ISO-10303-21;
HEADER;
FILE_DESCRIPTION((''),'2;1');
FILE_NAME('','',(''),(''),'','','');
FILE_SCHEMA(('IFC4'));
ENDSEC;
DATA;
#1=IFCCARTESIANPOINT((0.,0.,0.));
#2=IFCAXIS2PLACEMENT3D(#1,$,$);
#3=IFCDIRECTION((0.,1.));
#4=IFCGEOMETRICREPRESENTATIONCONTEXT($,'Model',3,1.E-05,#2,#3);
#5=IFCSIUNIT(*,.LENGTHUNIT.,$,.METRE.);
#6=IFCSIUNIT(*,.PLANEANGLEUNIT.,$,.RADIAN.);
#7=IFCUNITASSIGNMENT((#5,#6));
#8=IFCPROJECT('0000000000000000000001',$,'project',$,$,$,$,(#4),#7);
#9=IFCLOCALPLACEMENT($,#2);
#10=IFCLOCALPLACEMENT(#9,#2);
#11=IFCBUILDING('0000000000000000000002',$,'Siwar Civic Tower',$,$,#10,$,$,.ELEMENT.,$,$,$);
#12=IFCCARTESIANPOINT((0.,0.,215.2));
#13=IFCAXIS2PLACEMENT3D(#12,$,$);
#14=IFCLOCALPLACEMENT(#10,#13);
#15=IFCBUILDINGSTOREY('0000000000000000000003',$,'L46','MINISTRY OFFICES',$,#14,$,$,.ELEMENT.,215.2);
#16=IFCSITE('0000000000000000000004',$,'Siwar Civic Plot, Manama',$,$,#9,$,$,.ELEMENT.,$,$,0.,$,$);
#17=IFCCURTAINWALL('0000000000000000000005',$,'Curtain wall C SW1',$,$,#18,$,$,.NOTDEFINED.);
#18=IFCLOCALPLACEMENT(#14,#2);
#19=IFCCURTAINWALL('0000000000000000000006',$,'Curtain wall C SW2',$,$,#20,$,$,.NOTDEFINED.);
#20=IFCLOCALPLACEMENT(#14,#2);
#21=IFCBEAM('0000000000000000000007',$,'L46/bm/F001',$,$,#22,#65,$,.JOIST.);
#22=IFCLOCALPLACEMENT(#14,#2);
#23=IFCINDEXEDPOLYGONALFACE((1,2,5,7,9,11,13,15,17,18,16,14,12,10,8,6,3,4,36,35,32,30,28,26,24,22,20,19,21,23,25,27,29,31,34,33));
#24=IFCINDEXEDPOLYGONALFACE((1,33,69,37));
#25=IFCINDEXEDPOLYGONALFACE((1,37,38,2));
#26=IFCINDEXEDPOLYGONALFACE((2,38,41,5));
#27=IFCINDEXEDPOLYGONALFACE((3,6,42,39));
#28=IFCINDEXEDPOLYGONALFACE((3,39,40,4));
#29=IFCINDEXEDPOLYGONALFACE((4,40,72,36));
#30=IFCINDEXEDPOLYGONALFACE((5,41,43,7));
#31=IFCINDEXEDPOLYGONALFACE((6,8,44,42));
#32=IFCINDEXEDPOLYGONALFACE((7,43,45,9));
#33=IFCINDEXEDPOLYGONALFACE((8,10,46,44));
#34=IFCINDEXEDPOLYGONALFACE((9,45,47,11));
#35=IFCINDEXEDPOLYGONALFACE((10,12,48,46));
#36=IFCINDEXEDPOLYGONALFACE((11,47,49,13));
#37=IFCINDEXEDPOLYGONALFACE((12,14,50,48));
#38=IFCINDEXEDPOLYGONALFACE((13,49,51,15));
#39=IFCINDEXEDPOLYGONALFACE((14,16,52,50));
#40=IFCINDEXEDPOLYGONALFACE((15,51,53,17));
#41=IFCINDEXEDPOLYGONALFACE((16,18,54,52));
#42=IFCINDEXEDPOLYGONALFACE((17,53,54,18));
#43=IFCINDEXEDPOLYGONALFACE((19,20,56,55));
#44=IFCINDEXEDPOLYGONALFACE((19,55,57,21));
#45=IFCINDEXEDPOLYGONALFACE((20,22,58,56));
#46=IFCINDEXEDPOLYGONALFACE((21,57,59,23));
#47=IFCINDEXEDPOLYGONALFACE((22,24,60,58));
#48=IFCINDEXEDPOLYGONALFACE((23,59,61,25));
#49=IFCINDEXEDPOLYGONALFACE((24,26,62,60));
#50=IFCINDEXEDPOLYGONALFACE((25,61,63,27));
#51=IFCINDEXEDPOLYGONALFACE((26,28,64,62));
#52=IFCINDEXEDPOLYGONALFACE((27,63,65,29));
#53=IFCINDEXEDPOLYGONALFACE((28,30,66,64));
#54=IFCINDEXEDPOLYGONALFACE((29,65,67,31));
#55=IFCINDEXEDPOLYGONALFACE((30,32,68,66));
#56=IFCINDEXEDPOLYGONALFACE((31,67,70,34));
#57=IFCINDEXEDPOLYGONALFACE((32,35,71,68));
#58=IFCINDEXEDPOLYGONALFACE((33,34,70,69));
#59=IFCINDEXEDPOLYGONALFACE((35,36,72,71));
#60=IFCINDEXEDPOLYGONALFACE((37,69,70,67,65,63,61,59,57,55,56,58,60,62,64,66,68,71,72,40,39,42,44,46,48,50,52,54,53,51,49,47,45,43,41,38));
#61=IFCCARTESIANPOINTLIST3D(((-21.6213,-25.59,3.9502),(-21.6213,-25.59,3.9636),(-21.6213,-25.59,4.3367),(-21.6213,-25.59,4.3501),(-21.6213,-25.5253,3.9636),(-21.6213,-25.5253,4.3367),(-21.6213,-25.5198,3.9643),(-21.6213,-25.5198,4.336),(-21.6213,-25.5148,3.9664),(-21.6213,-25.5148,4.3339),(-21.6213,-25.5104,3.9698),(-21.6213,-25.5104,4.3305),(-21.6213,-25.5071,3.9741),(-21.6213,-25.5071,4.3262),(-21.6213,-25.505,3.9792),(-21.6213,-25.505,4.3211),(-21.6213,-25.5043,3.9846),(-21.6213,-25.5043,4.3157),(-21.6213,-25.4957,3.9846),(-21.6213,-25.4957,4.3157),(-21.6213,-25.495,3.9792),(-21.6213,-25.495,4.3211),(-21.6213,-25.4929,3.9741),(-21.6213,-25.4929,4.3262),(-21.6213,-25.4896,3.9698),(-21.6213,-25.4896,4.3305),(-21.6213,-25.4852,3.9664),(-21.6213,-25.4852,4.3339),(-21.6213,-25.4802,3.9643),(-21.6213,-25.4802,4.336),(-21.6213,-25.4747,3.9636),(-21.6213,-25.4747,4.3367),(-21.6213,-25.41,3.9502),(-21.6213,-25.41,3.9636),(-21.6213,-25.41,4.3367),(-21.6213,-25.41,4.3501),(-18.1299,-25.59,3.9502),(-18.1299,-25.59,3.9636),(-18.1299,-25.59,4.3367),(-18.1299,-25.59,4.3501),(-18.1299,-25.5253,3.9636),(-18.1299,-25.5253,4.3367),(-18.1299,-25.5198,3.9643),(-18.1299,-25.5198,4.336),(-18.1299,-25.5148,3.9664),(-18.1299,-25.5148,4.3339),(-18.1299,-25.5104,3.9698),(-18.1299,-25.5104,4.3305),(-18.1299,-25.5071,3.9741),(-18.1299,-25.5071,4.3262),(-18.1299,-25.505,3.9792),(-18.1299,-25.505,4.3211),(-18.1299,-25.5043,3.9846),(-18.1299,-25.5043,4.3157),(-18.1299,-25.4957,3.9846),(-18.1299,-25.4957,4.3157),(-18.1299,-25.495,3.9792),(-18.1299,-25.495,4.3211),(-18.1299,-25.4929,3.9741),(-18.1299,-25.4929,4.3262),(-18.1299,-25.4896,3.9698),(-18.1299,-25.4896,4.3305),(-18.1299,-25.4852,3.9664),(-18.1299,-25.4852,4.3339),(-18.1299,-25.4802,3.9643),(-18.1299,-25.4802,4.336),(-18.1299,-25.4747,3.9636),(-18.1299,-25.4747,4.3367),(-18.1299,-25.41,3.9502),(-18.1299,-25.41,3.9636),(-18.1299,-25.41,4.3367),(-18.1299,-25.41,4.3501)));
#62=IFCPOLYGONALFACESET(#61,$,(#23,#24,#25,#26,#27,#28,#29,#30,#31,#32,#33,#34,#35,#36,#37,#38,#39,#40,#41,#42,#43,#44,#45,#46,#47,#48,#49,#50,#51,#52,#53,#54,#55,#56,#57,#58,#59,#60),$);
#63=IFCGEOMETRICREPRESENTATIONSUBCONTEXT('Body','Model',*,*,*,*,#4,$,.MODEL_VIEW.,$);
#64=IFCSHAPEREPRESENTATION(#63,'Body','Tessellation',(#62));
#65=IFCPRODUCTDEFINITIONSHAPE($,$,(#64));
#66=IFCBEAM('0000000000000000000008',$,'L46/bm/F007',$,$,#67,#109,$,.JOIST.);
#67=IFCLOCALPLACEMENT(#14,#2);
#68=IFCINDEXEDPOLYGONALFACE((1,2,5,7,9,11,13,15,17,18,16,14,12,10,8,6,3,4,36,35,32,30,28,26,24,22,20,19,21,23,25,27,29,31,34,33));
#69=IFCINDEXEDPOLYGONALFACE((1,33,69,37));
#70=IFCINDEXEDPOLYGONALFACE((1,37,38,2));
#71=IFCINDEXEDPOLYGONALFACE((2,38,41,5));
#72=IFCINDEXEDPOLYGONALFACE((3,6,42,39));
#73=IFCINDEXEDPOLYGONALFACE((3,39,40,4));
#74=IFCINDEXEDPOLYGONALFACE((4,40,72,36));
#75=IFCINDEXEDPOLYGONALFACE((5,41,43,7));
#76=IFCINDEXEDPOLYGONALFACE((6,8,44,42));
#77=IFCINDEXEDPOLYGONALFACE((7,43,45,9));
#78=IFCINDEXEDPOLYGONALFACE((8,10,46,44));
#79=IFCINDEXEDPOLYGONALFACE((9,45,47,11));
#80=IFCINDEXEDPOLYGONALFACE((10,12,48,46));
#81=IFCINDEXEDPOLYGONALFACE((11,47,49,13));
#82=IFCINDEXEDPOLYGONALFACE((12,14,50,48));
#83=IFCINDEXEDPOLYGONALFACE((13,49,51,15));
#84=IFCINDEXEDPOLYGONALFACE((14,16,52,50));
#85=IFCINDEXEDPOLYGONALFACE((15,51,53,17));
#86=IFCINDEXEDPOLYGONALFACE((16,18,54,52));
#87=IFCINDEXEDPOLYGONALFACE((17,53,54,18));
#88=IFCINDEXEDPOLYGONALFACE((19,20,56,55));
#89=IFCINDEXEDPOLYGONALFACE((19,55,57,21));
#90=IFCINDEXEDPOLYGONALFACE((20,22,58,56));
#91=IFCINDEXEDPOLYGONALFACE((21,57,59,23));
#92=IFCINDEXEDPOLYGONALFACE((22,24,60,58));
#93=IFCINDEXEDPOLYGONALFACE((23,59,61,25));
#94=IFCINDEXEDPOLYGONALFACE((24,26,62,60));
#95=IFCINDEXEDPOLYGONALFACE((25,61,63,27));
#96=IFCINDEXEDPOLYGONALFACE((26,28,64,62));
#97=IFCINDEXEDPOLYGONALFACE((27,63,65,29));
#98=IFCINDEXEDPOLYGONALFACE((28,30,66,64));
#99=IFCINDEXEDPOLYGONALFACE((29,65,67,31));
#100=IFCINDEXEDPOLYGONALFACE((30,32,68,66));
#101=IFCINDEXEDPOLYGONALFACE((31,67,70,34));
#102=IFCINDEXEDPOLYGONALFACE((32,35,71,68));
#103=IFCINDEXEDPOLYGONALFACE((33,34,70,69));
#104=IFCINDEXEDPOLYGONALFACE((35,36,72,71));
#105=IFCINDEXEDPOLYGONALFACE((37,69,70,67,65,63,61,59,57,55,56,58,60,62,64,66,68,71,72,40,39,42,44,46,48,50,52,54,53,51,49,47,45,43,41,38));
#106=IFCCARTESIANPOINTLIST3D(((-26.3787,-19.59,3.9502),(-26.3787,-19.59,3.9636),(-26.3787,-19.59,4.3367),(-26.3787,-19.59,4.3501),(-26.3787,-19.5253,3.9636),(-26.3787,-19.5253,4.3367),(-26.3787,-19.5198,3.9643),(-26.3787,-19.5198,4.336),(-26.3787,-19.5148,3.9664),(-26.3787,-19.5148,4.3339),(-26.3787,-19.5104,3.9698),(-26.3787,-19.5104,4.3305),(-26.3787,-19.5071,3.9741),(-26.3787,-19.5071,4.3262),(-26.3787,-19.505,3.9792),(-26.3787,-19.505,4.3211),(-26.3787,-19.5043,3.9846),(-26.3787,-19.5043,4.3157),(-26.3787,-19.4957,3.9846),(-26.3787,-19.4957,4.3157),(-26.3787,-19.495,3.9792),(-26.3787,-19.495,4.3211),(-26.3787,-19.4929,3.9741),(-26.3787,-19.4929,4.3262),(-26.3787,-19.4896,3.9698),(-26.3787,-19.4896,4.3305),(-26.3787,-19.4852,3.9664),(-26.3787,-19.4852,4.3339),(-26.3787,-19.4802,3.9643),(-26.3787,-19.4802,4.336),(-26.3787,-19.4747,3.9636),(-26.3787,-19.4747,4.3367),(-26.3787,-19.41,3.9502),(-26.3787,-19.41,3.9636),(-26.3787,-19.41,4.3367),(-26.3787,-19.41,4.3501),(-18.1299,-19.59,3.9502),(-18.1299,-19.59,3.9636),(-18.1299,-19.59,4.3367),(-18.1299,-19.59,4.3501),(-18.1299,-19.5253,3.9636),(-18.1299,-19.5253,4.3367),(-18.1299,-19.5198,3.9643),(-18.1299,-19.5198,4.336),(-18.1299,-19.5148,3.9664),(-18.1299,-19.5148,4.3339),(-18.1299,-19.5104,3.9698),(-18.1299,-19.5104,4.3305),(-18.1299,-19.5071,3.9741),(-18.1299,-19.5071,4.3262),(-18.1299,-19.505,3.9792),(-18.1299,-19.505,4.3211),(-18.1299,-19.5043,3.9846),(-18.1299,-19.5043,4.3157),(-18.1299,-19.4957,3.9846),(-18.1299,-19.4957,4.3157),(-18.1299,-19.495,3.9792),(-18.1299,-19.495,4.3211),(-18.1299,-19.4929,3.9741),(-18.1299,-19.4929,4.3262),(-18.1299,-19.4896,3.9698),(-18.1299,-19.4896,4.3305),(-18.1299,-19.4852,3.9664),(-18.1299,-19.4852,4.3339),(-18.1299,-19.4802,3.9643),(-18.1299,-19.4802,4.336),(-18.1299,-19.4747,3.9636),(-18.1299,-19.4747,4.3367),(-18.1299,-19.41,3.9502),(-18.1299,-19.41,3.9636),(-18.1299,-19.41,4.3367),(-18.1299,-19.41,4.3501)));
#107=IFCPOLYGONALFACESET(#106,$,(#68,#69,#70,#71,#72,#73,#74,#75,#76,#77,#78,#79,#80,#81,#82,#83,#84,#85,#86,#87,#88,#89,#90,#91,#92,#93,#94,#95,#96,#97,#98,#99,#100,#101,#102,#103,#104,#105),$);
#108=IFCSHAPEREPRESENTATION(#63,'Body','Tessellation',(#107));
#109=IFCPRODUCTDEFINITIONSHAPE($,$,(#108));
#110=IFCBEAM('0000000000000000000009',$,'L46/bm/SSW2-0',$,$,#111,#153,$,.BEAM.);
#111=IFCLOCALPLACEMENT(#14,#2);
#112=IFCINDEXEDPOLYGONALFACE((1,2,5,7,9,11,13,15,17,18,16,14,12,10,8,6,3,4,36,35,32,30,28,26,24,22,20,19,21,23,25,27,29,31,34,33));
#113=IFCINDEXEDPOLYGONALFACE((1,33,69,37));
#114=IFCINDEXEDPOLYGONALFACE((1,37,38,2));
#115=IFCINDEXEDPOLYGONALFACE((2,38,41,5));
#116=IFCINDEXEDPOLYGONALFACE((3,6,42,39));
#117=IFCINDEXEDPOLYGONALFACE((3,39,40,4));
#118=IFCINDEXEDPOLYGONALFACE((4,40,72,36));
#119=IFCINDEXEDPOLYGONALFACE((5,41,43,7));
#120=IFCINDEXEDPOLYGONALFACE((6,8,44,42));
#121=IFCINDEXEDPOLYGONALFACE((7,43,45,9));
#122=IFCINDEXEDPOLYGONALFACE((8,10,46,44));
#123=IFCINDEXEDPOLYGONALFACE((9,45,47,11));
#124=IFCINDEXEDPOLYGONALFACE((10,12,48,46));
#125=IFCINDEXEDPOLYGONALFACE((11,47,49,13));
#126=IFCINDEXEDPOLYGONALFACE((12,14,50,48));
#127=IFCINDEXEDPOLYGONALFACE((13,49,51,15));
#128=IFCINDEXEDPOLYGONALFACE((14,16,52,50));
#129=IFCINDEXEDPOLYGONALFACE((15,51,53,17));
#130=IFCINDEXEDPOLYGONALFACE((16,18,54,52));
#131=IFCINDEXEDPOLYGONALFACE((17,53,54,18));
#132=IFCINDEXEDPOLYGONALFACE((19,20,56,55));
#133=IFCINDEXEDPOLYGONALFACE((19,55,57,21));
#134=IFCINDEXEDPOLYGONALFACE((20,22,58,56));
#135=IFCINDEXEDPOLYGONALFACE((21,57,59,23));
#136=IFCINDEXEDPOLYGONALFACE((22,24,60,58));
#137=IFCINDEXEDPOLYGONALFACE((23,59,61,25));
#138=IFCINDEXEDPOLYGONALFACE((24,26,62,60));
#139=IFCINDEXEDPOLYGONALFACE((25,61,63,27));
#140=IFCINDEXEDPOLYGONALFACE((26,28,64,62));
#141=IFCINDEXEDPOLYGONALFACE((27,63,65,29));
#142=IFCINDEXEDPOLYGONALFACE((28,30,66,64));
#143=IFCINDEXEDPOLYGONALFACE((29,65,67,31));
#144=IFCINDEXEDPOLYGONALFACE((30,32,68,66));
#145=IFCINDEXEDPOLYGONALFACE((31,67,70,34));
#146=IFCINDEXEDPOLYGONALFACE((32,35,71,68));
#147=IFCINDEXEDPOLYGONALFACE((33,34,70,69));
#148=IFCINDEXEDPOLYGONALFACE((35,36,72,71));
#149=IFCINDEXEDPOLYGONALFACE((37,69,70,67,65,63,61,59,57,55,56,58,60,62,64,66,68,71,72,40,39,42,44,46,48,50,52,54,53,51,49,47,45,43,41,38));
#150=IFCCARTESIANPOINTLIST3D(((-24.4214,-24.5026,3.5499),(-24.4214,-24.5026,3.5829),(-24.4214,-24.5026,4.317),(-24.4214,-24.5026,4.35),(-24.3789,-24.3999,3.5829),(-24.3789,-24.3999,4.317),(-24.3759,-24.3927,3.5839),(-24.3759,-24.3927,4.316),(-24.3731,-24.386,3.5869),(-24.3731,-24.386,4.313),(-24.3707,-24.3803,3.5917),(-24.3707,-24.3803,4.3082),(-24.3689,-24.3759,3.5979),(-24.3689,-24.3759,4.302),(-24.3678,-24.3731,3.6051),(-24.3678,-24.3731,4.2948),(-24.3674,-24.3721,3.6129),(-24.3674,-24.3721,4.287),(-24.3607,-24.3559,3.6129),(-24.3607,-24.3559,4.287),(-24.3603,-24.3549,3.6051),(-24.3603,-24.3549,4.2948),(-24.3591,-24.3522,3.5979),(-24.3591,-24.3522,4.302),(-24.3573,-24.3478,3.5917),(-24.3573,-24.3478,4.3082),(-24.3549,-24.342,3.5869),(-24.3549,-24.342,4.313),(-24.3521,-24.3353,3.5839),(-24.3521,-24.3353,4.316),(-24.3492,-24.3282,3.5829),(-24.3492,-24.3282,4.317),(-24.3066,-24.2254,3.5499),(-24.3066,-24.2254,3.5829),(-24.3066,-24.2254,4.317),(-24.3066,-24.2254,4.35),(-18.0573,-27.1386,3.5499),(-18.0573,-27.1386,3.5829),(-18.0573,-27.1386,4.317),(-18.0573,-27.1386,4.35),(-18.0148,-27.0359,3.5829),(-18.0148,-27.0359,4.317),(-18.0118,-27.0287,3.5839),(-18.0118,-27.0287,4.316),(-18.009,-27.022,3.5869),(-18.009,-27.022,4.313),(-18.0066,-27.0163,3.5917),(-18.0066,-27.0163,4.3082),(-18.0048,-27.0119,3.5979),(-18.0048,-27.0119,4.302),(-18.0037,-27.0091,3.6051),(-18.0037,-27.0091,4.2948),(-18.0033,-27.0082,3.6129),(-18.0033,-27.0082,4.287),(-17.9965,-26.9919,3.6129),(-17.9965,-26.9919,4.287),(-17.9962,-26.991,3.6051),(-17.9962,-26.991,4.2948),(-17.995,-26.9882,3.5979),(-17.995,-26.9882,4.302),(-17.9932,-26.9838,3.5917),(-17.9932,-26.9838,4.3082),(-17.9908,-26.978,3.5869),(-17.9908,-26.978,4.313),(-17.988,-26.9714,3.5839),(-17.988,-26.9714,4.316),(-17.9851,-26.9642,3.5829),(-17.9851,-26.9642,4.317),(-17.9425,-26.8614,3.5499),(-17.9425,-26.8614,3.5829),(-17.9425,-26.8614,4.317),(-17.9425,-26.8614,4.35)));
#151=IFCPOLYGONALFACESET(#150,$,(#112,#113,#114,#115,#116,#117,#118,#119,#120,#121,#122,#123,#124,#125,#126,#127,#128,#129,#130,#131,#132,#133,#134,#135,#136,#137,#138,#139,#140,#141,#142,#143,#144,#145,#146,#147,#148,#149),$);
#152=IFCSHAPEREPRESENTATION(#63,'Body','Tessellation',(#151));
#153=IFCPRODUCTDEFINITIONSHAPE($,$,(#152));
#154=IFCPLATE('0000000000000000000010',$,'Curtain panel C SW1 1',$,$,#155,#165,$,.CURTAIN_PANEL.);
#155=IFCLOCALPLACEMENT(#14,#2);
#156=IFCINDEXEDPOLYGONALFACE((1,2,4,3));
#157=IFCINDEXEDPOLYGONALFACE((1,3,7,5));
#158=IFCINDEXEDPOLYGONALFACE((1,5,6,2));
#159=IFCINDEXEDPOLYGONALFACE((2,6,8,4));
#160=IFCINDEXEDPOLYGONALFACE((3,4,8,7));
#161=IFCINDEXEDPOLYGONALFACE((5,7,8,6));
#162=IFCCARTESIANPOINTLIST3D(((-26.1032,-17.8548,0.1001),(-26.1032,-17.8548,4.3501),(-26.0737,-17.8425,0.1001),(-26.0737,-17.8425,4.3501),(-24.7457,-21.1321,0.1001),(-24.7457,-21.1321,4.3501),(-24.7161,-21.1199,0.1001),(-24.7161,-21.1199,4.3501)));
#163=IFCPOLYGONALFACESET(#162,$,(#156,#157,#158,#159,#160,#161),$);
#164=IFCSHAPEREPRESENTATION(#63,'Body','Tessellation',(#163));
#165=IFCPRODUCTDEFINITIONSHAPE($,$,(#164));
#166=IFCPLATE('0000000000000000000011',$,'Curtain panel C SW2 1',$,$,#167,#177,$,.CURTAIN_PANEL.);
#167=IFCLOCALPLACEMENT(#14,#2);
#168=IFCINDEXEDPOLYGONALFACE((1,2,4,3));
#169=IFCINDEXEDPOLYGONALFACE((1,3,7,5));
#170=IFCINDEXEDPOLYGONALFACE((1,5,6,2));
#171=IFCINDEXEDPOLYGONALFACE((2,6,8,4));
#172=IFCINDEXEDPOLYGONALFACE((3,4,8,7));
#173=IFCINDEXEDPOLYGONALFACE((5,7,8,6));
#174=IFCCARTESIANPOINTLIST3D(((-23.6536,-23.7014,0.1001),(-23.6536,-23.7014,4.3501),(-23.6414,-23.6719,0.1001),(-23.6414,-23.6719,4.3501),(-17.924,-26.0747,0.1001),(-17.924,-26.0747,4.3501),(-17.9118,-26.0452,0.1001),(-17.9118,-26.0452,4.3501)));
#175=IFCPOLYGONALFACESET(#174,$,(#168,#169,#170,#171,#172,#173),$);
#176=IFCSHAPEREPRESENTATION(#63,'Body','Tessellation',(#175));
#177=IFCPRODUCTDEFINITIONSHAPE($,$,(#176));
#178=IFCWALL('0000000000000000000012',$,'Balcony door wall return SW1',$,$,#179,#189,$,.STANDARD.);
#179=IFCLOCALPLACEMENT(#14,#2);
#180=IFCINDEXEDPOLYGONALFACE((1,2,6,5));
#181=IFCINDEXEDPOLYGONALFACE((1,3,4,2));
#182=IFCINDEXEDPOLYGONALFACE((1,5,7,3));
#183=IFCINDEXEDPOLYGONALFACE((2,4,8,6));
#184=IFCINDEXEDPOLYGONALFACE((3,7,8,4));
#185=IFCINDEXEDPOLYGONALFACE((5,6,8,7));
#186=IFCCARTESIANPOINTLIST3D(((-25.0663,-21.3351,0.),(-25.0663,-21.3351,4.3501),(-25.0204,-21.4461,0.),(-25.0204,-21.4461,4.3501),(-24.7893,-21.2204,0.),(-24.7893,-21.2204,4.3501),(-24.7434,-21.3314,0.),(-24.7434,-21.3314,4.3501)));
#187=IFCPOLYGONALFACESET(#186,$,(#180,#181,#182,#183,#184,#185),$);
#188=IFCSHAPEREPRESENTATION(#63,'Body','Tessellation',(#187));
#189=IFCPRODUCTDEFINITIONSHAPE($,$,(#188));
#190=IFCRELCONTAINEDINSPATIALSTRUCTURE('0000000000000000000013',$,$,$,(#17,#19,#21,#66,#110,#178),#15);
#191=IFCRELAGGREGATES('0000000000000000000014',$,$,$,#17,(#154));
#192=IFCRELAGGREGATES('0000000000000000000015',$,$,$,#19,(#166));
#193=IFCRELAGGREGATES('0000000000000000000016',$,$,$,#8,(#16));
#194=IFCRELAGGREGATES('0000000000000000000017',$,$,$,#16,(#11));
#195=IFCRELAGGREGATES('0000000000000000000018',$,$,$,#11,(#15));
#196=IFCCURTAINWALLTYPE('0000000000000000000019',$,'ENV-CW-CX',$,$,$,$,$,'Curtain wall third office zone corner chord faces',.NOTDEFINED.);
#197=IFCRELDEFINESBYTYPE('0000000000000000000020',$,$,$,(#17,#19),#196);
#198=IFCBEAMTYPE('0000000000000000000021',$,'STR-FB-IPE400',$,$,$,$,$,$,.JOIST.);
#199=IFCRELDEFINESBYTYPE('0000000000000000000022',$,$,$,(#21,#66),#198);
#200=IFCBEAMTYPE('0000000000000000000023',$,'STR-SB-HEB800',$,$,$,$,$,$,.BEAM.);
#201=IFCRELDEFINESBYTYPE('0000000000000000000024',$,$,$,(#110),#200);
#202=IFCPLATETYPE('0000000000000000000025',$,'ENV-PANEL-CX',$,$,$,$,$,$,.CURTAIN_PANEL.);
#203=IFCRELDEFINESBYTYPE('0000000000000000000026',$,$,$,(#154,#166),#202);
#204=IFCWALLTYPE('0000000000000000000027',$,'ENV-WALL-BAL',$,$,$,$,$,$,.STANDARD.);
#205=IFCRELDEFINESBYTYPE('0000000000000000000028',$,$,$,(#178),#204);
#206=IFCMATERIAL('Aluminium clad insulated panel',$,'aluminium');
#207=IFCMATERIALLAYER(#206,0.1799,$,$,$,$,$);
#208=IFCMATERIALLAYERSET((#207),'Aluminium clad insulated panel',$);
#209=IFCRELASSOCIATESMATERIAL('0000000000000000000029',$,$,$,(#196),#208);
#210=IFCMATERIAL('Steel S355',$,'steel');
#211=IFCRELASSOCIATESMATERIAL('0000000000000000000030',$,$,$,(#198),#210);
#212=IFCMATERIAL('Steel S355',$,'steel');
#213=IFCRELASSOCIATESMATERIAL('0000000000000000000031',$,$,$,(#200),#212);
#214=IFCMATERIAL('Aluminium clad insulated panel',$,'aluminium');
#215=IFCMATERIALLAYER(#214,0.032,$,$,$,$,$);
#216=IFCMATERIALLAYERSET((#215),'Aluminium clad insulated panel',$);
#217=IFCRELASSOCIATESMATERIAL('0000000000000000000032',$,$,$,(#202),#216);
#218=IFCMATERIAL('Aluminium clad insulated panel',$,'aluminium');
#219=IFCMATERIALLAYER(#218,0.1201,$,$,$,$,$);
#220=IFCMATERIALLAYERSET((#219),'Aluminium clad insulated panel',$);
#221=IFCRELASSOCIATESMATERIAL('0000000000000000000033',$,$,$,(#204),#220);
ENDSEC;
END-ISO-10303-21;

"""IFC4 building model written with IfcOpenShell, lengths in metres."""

from ifc_helpers import new_model, si_unit, direction, frame, frame_2d, origin, origin_2d, place, context, subcontext, project, spatial, rectangle, i_section, extrude, material, layer, layer_set, material_profile, profile_set, type_object, element, aggregate, save


model = new_model("IFC4")

# Units and contexts
model_context = context("Model", 3, precision=1e-05, world=origin(), true_north=direction((0.0, 1.0)))
body_context = subcontext(model_context, "Body", "Model", "MODEL_VIEW")
ifc_project = project(units=[si_unit("LENGTHUNIT", "METRE"), si_unit("PLANEANGLEUNIT", "RADIAN")], contexts=[model_context])

# Site, building, storey
site_placement = place(None, origin())
site = spatial("IfcSite", under=ifc_project, at=site_placement, Name="Siwar Civic Plot, Manama", CompositionType="ELEMENT", RefElevation=0.0)
building_placement = place(site_placement, origin())
building = spatial("IfcBuilding", under=site, at=building_placement, Name="Siwar Civic Tower", CompositionType="ELEMENT")
storey_placement = place(building_placement, frame((0.0, 0.0, 215.2)))
storey = spatial("IfcBuildingStorey", under=building, at=storey_placement, Name="L46", Description="MINISTRY OFFICES", CompositionType="ELEMENT", Elevation=215.2)

# Curtain wall
ifc_material_1 = material(Name="Aluminium clad insulated panel", Category="aluminium")
ifc_layer_1 = layer(ifc_material_1, 0.1799)
ifc_layer_set_1 = layer_set([ifc_layer_1], Name="Aluminium clad insulated panel")
curtain_wall_type = type_object("IfcCurtainWallType", Name="ENV-CW-CX", ElementType="Curtain wall third office zone corner chord faces", PredefinedType="NOTDEFINED", material=ifc_layer_set_1)
curtain_wall_1_placement = place(storey_placement, origin())
curtain_wall_1 = element("IfcCurtainWall", 1, at=curtain_wall_1_placement, inside=storey, type_object=curtain_wall_type, Name="Curtain wall C SW1", PredefinedType="NOTDEFINED")

# Curtain wall
curtain_wall_2_placement = place(storey_placement, origin())
curtain_wall_2 = element("IfcCurtainWall", 2, at=curtain_wall_2_placement, inside=storey, type_object=curtain_wall_type, Name="Curtain wall C SW2", PredefinedType="NOTDEFINED")

# Beams
ifc_material_2 = material(Name="Steel S355", Category="steel")
ifc_material_profile_1 = material_profile(ifc_material_2, i_section(OverallWidth=0.1799, OverallDepth=0.3999, WebThickness=0.0085, FlangeThickness=0.0134, FilletRadius=0.021, at=origin_2d()), Name="IPE400")
ifc_profile_set_1 = profile_set([ifc_material_profile_1], Name="Steel S355")
beam_type_1 = type_object("IfcBeamType", Name="STR-FB-IPE400", PredefinedType="JOIST", material=ifc_profile_set_1)
beam_1_placement = place(storey_placement, frame((-21.6213, -25.5, 4.1501), z_axis=(1.0, 0.0, 0.0), x_axis=(0.0, 1.0, 0.0)))
element("IfcBeam", 3, at=beam_1_placement, inside=storey, type_object=beam_type_1, Name="L46/bm/F001", PredefinedType="JOIST", context=body_context, shape_type="SweptSolid", body=[
    extrude(i_section(OverallWidth=0.1799, OverallDepth=0.3999, WebThickness=0.0085, FlangeThickness=0.0134, FilletRadius=0.021, at=origin_2d()), origin(), (0.0, 0.0, 1.0), 3.4915),
])
beam_2_placement = place(storey_placement, frame((-26.3787, -19.5, 4.1501), z_axis=(1.0, 0.0, 0.0), x_axis=(0.0, 1.0, 0.0)))
element("IfcBeam", 4, at=beam_2_placement, inside=storey, type_object=beam_type_1, Name="L46/bm/F007", PredefinedType="JOIST", context=body_context, shape_type="SweptSolid", body=[
    extrude(i_section(OverallWidth=0.1799, OverallDepth=0.3999, WebThickness=0.0085, FlangeThickness=0.0134, FilletRadius=0.021, at=origin_2d()), origin(), (0.0, 0.0, 1.0), 8.2488),
])
ifc_material_3 = material(Name="Steel S355", Category="steel")
ifc_material_profile_2 = material_profile(ifc_material_3, i_section(OverallWidth=0.3, OverallDepth=0.8, WebThickness=0.0176, FlangeThickness=0.033, FilletRadius=0.03, at=origin_2d()), Name="HEB800")
ifc_profile_set_2 = profile_set([ifc_material_profile_2], Name="Steel S355")
beam_type_2 = type_object("IfcBeamType", Name="STR-SB-HEB800", PredefinedType="BEAM", material=ifc_profile_set_2)
beam_3_placement = place(storey_placement, frame((-24.364, -24.364, 3.95), z_axis=(0.923883, -0.382674, 0.0), x_axis=(0.382674, 0.923883, 0.0)))
element("IfcBeam", 5, at=beam_3_placement, inside=storey, type_object=beam_type_2, Name="L46/bm/SSW2-0", PredefinedType="BEAM", context=body_context, shape_type="SweptSolid", body=[
    extrude(i_section(OverallWidth=0.3, OverallDepth=0.8, WebThickness=0.0176, FlangeThickness=0.033, FilletRadius=0.03, at=origin_2d()), origin(), (0.0, 0.0, 1.0), 6.8884),
])

# Plates
ifc_material_4 = material(Name="Aluminium clad insulated panel", Category="aluminium")
ifc_layer_2 = layer(ifc_material_4, 0.032)
ifc_layer_set_2 = layer_set([ifc_layer_2], Name="Aluminium clad insulated panel")
plate_type = type_object("IfcPlateType", Name="ENV-PANEL-CX", PredefinedType="CURTAIN_PANEL", material=ifc_layer_set_2)
plate_1_placement = place(storey_placement, frame((-25.4097, -19.4873, 0.1001), z_axis=(0.0, 0.0, 1.0), x_axis=(0.382683, -0.92388, 0.0)))
plate_1 = element("IfcPlate", 6, at=plate_1_placement, type_object=plate_type, Name="Curtain panel C SW1 1", PredefinedType="CURTAIN_PANEL", context=body_context, shape_type="SweptSolid", body=[
    extrude(rectangle(XDim=3.5474, YDim=0.032, at=origin_2d()), origin(), (0.0, 0.0, 1.0), 4.25),
])
aggregate(curtain_wall_1, [plate_1])
plate_2_placement = place(storey_placement, frame((-20.7827, -24.8733, 0.1001), z_axis=(0.0, 0.0, 1.0), x_axis=(0.92388, -0.382683, 0.0)))
plate_2 = element("IfcPlate", 7, at=plate_2_placement, type_object=plate_type, Name="Curtain panel C SW2 1", PredefinedType="CURTAIN_PANEL", context=body_context, shape_type="SweptSolid", body=[
    extrude(rectangle(XDim=6.2017, YDim=0.032, at=origin_2d()), origin(), (0.0, 0.0, 1.0), 4.25),
])
aggregate(curtain_wall_2, [plate_2])

# Wall
ifc_material_5 = material(Name="Aluminium clad insulated panel", Category="aluminium")
ifc_layer_3 = layer(ifc_material_5, 0.1201)
ifc_layer_set_3 = layer_set([ifc_layer_3], Name="Aluminium clad insulated panel")
wall_type = type_object("IfcWallType", Name="ENV-WALL-BAL", PredefinedType="STANDARD", material=ifc_layer_set_3)
wall_1_placement = place(storey_placement, frame((-24.7664, -21.2759, 0.0), z_axis=(0.0, 0.0, 1.0), x_axis=(-0.923918, -0.382591, 0.0)))
element("IfcWall", 8, at=wall_1_placement, inside=storey, type_object=wall_type, Name="Balcony door wall return SW1", PredefinedType="STANDARD", context=body_context, shape_type="SweptSolid", body=[
    extrude(rectangle(XDim=0.2998, YDim=0.1201, at=frame_2d((0.1499, 0.0))), origin(), (0.0, 0.0, 1.0), 4.3501),
])

save(model, "model.ifc")
